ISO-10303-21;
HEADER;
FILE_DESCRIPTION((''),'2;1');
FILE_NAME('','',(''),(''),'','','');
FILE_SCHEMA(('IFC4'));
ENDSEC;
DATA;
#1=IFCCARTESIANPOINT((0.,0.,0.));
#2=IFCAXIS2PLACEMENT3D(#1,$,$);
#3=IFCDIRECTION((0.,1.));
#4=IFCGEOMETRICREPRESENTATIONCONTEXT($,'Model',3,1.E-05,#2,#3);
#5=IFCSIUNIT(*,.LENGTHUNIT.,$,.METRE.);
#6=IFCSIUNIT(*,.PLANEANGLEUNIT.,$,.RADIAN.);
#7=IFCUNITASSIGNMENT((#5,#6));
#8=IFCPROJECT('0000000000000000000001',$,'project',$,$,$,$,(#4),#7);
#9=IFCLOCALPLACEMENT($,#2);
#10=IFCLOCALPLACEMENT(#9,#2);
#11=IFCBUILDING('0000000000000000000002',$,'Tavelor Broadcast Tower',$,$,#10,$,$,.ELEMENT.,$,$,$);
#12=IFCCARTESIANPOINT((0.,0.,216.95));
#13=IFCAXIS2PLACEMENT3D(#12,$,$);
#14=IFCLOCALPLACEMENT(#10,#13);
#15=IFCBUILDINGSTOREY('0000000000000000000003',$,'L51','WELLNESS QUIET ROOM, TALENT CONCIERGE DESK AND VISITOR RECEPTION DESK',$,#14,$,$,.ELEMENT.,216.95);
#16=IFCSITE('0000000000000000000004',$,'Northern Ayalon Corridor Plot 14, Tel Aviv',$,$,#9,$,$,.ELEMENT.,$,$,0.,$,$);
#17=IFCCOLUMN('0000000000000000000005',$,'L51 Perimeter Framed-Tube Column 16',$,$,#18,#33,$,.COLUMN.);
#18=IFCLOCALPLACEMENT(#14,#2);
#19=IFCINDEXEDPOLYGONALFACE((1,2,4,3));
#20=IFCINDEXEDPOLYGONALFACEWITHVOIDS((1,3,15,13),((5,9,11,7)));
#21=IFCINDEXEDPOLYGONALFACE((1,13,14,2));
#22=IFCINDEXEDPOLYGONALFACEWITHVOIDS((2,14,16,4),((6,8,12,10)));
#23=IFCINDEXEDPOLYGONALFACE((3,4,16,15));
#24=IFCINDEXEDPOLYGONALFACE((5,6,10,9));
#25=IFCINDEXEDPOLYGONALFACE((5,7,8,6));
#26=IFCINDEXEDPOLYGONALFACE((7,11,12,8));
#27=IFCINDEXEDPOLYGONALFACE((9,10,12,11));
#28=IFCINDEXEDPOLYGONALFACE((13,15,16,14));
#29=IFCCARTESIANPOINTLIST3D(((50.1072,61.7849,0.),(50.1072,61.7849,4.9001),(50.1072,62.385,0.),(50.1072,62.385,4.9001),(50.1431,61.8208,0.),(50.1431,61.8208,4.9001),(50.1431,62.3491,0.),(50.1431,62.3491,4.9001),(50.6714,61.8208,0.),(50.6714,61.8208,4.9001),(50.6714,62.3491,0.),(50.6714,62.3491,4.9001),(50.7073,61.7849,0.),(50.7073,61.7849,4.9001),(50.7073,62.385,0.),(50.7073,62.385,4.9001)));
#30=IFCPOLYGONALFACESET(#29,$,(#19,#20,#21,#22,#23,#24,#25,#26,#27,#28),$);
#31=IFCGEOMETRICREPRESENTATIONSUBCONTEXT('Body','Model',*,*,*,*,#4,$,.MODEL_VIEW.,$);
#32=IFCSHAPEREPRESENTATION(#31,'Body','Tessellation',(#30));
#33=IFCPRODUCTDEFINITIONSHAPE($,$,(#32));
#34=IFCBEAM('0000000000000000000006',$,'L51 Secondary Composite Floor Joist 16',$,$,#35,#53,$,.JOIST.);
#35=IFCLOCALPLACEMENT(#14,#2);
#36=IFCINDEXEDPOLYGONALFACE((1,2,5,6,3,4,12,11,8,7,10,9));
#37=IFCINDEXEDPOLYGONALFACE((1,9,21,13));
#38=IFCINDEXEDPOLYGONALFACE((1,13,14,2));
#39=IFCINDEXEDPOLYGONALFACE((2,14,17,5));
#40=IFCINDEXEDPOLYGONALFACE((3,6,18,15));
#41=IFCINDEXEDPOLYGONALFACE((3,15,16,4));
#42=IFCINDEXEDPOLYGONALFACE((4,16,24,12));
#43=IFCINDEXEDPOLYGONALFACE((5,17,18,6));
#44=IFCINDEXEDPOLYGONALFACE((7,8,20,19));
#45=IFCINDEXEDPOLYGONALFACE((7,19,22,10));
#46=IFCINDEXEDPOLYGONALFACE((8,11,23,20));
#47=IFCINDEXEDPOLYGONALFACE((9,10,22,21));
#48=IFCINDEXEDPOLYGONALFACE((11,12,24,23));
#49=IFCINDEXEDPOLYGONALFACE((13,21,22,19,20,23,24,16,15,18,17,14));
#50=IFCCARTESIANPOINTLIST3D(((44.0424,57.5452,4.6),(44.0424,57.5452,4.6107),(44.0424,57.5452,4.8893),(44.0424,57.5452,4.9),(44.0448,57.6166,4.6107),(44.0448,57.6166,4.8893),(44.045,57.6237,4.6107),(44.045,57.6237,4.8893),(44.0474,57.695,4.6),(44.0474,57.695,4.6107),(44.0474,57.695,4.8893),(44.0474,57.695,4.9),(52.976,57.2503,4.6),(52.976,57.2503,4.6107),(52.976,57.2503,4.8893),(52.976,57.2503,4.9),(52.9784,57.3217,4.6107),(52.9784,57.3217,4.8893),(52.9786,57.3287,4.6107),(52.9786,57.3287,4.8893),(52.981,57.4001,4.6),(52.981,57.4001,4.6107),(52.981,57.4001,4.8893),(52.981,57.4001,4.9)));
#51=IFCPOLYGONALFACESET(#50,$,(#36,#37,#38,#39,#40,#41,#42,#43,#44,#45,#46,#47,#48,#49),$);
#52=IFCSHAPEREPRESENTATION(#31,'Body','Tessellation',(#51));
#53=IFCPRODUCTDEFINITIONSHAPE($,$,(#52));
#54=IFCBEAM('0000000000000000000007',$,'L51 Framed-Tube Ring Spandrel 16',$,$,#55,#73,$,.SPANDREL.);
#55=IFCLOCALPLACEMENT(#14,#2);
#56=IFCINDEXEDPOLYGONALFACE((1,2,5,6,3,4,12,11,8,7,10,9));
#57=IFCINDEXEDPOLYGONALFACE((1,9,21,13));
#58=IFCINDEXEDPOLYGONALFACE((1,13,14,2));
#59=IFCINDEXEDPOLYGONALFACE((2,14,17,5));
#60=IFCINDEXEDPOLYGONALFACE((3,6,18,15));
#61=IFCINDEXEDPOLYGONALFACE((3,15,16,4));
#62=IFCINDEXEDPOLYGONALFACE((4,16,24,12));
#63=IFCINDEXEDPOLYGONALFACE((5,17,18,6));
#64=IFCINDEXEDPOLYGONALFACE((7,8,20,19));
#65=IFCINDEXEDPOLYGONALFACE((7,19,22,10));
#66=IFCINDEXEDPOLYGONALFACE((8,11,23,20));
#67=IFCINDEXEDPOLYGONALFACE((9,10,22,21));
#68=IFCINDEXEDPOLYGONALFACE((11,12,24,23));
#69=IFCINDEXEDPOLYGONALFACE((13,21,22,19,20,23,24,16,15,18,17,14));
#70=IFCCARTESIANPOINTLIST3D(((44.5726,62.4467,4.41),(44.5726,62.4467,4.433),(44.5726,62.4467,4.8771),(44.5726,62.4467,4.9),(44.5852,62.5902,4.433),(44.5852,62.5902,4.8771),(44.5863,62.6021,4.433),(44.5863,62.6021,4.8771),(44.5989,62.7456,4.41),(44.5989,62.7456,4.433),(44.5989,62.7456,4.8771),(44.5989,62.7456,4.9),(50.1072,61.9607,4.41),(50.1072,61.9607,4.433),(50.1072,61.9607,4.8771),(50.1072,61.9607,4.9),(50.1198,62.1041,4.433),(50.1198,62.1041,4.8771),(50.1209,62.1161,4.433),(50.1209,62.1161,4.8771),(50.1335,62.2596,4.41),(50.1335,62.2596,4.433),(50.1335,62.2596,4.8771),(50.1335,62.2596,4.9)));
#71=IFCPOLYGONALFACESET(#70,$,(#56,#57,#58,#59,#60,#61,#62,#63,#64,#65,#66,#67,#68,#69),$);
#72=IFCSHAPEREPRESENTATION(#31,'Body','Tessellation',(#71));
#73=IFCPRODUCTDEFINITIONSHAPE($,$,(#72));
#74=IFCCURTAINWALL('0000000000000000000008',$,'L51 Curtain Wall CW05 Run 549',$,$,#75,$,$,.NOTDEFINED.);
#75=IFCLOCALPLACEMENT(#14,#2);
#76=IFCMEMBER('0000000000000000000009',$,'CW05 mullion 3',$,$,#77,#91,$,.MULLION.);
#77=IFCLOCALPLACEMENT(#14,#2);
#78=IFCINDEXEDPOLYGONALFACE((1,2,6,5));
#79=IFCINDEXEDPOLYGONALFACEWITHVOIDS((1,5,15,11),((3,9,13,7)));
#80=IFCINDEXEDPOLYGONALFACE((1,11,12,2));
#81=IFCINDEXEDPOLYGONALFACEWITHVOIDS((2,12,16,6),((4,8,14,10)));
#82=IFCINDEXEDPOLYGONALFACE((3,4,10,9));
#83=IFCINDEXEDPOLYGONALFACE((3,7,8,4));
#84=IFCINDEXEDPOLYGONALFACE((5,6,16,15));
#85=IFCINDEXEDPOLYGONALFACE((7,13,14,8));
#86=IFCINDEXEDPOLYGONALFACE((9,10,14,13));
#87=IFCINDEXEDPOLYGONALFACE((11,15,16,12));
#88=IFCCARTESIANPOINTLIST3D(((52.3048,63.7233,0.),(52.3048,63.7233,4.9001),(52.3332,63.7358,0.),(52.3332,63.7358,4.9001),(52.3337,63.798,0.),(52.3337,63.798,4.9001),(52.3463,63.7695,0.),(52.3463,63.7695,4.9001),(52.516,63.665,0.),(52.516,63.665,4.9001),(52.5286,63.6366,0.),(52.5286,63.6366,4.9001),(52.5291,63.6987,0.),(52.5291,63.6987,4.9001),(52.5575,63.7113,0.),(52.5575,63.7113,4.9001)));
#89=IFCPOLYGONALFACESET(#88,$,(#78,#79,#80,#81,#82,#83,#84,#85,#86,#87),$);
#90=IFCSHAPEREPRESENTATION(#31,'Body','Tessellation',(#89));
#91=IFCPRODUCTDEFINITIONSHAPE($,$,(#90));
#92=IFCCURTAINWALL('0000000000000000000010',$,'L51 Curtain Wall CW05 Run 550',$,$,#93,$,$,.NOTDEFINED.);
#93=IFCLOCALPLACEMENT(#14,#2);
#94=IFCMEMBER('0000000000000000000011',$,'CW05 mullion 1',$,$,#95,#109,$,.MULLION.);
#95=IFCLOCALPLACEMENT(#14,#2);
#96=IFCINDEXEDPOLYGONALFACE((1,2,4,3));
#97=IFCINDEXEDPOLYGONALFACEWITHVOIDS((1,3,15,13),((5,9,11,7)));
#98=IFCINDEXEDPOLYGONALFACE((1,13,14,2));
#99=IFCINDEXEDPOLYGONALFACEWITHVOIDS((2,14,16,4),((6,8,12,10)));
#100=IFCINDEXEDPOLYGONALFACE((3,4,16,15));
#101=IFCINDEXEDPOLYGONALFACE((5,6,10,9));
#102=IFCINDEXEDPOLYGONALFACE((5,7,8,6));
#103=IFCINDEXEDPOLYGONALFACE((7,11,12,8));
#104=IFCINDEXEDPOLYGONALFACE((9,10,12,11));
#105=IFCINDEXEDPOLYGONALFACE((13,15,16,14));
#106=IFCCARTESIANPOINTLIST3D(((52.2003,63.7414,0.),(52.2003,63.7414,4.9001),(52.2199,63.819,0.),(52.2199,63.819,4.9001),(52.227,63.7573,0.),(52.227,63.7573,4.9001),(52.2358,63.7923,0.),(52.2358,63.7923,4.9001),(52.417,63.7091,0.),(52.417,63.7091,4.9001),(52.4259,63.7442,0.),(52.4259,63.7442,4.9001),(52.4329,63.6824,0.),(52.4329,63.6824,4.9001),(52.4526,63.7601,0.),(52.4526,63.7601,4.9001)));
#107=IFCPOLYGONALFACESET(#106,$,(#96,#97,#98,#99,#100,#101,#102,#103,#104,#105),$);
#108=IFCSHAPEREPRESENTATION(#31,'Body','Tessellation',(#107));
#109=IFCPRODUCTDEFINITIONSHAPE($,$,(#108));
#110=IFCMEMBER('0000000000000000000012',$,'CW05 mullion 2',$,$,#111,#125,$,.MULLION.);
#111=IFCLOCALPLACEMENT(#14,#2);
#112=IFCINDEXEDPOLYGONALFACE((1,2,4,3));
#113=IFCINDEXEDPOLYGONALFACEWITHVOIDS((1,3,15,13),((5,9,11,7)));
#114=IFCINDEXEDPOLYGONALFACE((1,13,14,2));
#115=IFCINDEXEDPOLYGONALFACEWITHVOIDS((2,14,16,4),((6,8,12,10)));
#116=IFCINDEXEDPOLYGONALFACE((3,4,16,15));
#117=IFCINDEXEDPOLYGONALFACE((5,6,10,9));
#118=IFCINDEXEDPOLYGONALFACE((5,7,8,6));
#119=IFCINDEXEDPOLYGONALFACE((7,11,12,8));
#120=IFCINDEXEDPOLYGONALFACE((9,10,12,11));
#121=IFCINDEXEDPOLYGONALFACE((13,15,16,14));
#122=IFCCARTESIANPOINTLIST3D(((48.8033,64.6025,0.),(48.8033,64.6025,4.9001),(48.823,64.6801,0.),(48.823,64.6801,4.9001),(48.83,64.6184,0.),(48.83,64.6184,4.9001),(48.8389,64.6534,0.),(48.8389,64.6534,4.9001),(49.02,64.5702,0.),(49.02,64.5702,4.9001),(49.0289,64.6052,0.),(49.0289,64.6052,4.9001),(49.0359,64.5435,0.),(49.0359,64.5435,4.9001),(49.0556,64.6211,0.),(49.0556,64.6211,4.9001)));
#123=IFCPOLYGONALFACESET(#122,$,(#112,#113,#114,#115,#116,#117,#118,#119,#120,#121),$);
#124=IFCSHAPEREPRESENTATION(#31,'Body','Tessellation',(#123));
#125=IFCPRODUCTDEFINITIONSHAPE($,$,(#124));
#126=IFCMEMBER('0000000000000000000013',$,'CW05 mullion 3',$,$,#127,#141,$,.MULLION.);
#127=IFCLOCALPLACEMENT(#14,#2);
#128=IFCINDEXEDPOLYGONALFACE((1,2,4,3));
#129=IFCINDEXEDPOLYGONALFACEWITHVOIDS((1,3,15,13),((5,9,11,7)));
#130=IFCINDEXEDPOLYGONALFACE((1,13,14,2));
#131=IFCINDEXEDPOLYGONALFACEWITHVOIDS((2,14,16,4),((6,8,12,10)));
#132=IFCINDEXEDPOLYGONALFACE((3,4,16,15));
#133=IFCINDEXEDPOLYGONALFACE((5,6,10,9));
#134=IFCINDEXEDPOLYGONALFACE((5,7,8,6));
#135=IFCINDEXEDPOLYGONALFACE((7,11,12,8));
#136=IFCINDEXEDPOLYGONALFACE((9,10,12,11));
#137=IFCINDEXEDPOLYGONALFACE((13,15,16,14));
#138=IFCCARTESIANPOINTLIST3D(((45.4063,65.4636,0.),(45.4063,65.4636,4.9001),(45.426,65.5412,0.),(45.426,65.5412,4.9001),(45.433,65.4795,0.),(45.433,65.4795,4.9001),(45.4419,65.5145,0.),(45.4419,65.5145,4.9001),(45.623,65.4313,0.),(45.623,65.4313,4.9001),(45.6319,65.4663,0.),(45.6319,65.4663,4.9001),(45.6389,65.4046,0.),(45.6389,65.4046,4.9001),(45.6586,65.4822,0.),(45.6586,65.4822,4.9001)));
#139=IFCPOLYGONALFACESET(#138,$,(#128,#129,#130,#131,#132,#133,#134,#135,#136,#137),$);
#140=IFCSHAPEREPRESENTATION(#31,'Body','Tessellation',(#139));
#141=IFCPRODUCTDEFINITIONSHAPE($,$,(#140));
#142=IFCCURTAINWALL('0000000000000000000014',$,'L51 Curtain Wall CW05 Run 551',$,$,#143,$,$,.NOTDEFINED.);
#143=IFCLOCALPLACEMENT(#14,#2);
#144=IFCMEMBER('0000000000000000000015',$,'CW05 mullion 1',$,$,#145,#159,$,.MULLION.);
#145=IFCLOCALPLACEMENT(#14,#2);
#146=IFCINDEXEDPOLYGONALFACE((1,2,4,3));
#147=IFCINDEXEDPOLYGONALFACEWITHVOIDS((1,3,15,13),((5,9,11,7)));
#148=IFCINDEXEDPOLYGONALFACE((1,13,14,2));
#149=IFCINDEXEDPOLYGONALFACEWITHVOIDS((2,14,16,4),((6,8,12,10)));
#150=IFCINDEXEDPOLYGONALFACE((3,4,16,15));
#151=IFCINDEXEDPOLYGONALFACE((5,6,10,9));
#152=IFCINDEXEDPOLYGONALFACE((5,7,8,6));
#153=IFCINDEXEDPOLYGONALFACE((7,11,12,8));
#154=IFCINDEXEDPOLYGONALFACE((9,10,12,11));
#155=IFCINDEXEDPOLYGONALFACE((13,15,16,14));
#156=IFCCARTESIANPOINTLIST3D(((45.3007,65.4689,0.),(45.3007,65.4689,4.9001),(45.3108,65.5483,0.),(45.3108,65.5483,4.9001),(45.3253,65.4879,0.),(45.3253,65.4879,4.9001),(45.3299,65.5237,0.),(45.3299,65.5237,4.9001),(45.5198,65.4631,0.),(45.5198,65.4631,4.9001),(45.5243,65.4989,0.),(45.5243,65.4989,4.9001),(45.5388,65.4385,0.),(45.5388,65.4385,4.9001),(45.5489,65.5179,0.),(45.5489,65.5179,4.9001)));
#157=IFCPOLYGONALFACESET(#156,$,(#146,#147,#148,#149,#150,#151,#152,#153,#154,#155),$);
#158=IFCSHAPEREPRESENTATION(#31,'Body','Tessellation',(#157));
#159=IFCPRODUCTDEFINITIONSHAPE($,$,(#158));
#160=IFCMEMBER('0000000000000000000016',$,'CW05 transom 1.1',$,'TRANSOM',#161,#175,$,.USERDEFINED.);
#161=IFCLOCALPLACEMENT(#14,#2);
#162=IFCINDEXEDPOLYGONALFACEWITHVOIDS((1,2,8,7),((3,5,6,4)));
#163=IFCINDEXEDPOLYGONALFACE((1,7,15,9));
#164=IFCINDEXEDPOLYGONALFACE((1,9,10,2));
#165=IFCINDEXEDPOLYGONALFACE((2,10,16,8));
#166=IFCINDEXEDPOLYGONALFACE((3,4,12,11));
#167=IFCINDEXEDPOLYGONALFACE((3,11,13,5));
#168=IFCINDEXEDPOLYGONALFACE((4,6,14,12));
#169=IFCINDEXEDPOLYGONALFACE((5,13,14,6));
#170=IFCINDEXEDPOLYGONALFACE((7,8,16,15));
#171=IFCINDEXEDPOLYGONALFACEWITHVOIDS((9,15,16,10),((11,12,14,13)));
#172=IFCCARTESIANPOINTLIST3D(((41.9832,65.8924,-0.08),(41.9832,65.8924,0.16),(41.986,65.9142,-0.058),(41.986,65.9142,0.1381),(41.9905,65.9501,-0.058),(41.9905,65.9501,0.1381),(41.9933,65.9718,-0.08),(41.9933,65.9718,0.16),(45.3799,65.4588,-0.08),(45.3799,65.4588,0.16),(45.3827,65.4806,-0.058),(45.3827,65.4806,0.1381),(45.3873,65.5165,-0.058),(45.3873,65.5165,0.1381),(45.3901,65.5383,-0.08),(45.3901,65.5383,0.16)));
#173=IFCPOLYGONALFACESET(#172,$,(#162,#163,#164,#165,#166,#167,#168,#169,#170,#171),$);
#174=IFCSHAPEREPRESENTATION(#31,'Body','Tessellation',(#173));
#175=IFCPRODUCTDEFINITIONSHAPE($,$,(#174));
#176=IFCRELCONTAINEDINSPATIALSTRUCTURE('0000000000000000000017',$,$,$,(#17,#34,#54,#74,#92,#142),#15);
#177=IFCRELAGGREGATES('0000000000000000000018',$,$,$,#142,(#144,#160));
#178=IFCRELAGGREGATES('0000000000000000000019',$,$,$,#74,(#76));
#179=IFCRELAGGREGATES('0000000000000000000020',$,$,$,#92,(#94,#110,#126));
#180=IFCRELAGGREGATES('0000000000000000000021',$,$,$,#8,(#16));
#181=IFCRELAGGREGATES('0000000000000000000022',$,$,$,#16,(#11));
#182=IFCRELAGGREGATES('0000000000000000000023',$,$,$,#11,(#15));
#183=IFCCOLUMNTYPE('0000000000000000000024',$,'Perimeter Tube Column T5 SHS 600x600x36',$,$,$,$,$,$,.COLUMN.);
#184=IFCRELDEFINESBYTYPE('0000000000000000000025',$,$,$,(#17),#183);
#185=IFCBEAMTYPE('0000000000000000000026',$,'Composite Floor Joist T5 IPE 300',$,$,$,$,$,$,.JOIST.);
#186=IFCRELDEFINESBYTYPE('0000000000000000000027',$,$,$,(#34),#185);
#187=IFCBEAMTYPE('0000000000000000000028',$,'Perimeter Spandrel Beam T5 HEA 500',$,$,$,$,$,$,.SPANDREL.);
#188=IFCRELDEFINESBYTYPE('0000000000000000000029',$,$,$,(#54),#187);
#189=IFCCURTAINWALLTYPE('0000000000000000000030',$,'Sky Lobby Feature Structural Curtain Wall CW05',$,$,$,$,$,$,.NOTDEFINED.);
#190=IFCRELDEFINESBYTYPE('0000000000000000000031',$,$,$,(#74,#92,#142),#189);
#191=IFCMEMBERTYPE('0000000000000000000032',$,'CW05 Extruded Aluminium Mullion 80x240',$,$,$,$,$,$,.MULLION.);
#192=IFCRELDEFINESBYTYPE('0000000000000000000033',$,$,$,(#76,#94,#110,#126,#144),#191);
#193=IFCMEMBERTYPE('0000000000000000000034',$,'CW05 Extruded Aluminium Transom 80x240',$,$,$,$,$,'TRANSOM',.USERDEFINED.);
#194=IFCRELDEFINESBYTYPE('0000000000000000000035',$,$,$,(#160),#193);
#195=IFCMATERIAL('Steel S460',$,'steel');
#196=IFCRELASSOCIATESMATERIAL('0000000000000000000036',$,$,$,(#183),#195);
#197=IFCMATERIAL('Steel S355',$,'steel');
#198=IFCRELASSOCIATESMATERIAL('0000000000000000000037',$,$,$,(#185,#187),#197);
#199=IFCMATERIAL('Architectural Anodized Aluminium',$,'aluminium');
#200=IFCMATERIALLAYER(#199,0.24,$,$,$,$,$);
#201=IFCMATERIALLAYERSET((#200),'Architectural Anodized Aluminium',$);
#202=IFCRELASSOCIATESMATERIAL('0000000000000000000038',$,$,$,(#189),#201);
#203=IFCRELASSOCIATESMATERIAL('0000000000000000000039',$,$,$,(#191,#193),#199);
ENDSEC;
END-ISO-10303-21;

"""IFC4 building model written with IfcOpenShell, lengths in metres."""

from ifc_helpers import new_model, si_unit, direction, frame, origin, origin_2d, place, context, subcontext, project, spatial, hollow_rectangle, i_section, extrude, source, transform, mapped, material, layer, layer_set, material_profile, profile_set, type_object, type_shapes, element, aggregate, save


model = new_model("IFC4")

# Units and contexts
model_context = context("Model", 3, precision=1e-05, world=origin(), true_north=direction((0.0, 1.0)))
body_context = subcontext(model_context, "Body", "Model", "MODEL_VIEW")
ifc_project = project(units=[si_unit("LENGTHUNIT", "METRE"), si_unit("PLANEANGLEUNIT", "RADIAN")], contexts=[model_context])

# Site, building, storey
site_placement = place(None, origin())
site = spatial("IfcSite", under=ifc_project, at=site_placement, Name="Northern Ayalon Corridor Plot 14, Tel Aviv", CompositionType="ELEMENT", RefElevation=0.0)
building_placement = place(site_placement, origin())
building = spatial("IfcBuilding", under=site, at=building_placement, Name="Tavelor Broadcast Tower", CompositionType="ELEMENT")
storey_placement = place(building_placement, frame((0.0, 0.0, 216.95)))
storey = spatial("IfcBuildingStorey", under=building, at=storey_placement, Name="L51", Description="WELLNESS QUIET ROOM, TALENT CONCIERGE DESK AND VISITOR RECEPTION DESK", CompositionType="ELEMENT", Elevation=216.95)

# Column
ifc_material_1 = material(Name="Steel S460", Category="steel")
ifc_material_profile_1 = material_profile(ifc_material_1, hollow_rectangle(XDim=0.6001, YDim=0.6001, WallThickness=0.0359, at=origin_2d()), Name="SHS 600x600x36")
ifc_profile_set_1 = profile_set([ifc_material_profile_1], Name="Steel S460")
column_type = type_object("IfcColumnType", Name="Perimeter Tube Column T5 SHS 600x600x36", PredefinedType="COLUMN", material=ifc_profile_set_1)
column_placement = place(storey_placement, frame((50.4072, 62.085, 0.0), z_axis=(0.0, 0.0, 1.0), x_axis=(1.0, 0.0, 0.0)))
element("IfcColumn", 1, at=column_placement, inside=storey, type_object=column_type, Name="L51 Perimeter Framed-Tube Column 16", PredefinedType="COLUMN", context=body_context, shape_type="SweptSolid", body=[
    extrude(hollow_rectangle(XDim=0.6001, YDim=0.6001, WallThickness=0.0359, at=origin_2d()), origin(), (0.0, 0.0, 1.0), 4.9001),
])

# Beams
ifc_material_2 = material(Name="Steel S355", Category="steel")
ifc_material_profile_2 = material_profile(ifc_material_2, i_section(OverallWidth=0.1499, OverallDepth=0.3, WebThickness=0.0071, FlangeThickness=0.0107, at=origin_2d()), Name="IPE 300")
ifc_profile_set_2 = profile_set([ifc_material_profile_2], Name="Steel S355")
beam_type_1 = type_object("IfcBeamType", Name="Composite Floor Joist T5 IPE 300", PredefinedType="JOIST", material=ifc_profile_set_2)
beam_1_placement = place(storey_placement, frame((52.9785, 57.3252, 4.75), z_axis=(-0.999456, 0.032995, 0.0), x_axis=(-0.032995, -0.999456, 0.0)))
element("IfcBeam", 2, at=beam_1_placement, inside=storey, type_object=beam_type_1, Name="L51 Secondary Composite Floor Joist 16", PredefinedType="JOIST", context=body_context, shape_type="SweptSolid", body=[
    extrude(i_section(OverallWidth=0.1499, OverallDepth=0.3, WebThickness=0.0071, FlangeThickness=0.0107, at=origin_2d()), origin(), (0.0, 0.0, 1.0), 8.9385),
])
ifc_material_profile_3 = material_profile(ifc_material_2, i_section(OverallWidth=0.3, OverallDepth=0.49, WebThickness=0.012, FlangeThickness=0.0229, at=origin_2d()), Name="HEA 500")
ifc_profile_set_3 = profile_set([ifc_material_profile_3], Name="Steel S355")
beam_type_2 = type_object("IfcBeamType", Name="Perimeter Spandrel Beam T5 HEA 500", PredefinedType="SPANDREL", material=ifc_profile_set_3)
beam_2_placement = place(storey_placement, frame((50.1204, 62.1101, 4.655), z_axis=(-0.996166, 0.087489, 0.0), x_axis=(-0.087489, -0.996166, 0.0)))
element("IfcBeam", 3, at=beam_2_placement, inside=storey, type_object=beam_type_2, Name="L51 Framed-Tube Ring Spandrel 16", PredefinedType="SPANDREL", context=body_context, shape_type="SweptSolid", body=[
    extrude(i_section(OverallWidth=0.3, OverallDepth=0.49, WebThickness=0.012, FlangeThickness=0.0229, at=origin_2d()), origin(), (0.0, 0.0, 1.0), 5.5559),
])

# Curtain wall, member
ifc_material_3 = material(Name="Architectural Anodized Aluminium", Category="aluminium")
ifc_layer_1 = layer(ifc_material_3, 0.24)
ifc_layer_set_1 = layer_set([ifc_layer_1], Name="Architectural Anodized Aluminium")
curtain_wall_type = type_object("IfcCurtainWallType", Name="Sky Lobby Feature Structural Curtain Wall CW05", PredefinedType="NOTDEFINED", material=ifc_layer_set_1)
curtain_wall_1_placement = place(storey_placement, origin())
curtain_wall_1 = element("IfcCurtainWall", 4, at=curtain_wall_1_placement, inside=storey, type_object=curtain_wall_type, Name="L51 Curtain Wall CW05 Run 549", PredefinedType="NOTDEFINED")
ifc_material_profile_4 = material_profile(ifc_material_3, hollow_rectangle(XDim=0.0801, YDim=0.24, WallThickness=0.022, at=origin_2d()), Name="RHS 80x240x22")
ifc_profile_set_4 = profile_set([ifc_material_profile_4], Name="Architectural Anodized Aluminium")
member_type_1 = type_object("IfcMemberType", Name="CW05 Extruded Aluminium Mullion 80x240", PredefinedType="MULLION", material=ifc_profile_set_4)
shared_shape_1 = source(origin(), body_context, "Body", "SweptSolid", [
    extrude(hollow_rectangle(XDim=0.0801, YDim=0.24, WallThickness=0.022, at=origin_2d()), origin(), (0.0, 0.0, 1.0), 4.9001),
])
type_shapes(member_type_1, [shared_shape_1])
member_1_placement = place(storey_placement, frame((52.4312, 63.7173, 0.0), z_axis=(0.0, 0.0, 1.0), x_axis=(-0.361226, -0.932478, 0.0)))
member_1 = element("IfcMember", 5, at=member_1_placement, type_object=member_type_1, Name="CW05 mullion 3", PredefinedType="MULLION", context=body_context, shape_type="MappedRepresentation", body=[
    mapped(shared_shape_1, transform((0.0, 0.0, 0.0), scale=1.0)),
])

# Curtain walls, members
curtain_wall_2_placement = place(storey_placement, origin())
curtain_wall_2 = element("IfcCurtainWall", 6, at=curtain_wall_2_placement, inside=storey, type_object=curtain_wall_type, Name="L51 Curtain Wall CW05 Run 550", PredefinedType="NOTDEFINED")
member_2_placement = place(storey_placement, frame((52.3264, 63.7507, 0.0), z_axis=(0.0, 0.0, 1.0), x_axis=(-0.245724, -0.96934, 0.0)))
member_2 = element("IfcMember", 7, at=member_2_placement, type_object=member_type_1, Name="CW05 mullion 1", PredefinedType="MULLION", context=body_context, shape_type="MappedRepresentation", body=[
    mapped(shared_shape_1, transform((0.0, 0.0, 0.0), scale=1.0)),
])
member_3_placement = place(storey_placement, frame((48.9294, 64.6118, 0.0), z_axis=(0.0, 0.0, 1.0), x_axis=(-0.245724, -0.96934, 0.0)))
member_3 = element("IfcMember", 8, at=member_3_placement, type_object=member_type_1, Name="CW05 mullion 2", PredefinedType="MULLION", context=body_context, shape_type="MappedRepresentation", body=[
    mapped(shared_shape_1, transform((0.0, 0.0, 0.0), scale=1.0)),
])
member_4_placement = place(storey_placement, frame((45.5325, 65.4729, 0.0), z_axis=(0.0, 0.0, 1.0), x_axis=(-0.245724, -0.96934, 0.0)))
member_4 = element("IfcMember", 9, at=member_4_placement, type_object=member_type_1, Name="CW05 mullion 3", PredefinedType="MULLION", context=body_context, shape_type="MappedRepresentation", body=[
    mapped(shared_shape_1, transform((0.0, 0.0, 0.0), scale=1.0)),
])
curtain_wall_3_placement = place(storey_placement, origin())
curtain_wall_3 = element("IfcCurtainWall", 10, at=curtain_wall_3_placement, inside=storey, type_object=curtain_wall_type, Name="L51 Curtain Wall CW05 Run 551", PredefinedType="NOTDEFINED")
member_5_placement = place(storey_placement, frame((45.4248, 65.4934, 0.0), z_axis=(0.0, 0.0, 1.0), x_axis=(-0.126621, -0.991951, 0.0)))
member_5 = element("IfcMember", 11, at=member_5_placement, type_object=member_type_1, Name="CW05 mullion 1", PredefinedType="MULLION", context=body_context, shape_type="MappedRepresentation", body=[
    mapped(shared_shape_1, transform((0.0, 0.0, 0.0), scale=1.0)),
])
ifc_material_profile_5 = material_profile(ifc_material_3, hollow_rectangle(XDim=0.0801, YDim=0.24, WallThickness=0.022, at=origin_2d()), Name="RHS 80x240x22")
ifc_profile_set_5 = profile_set([ifc_material_profile_5], Name="Architectural Anodized Aluminium")
member_type_2 = type_object("IfcMemberType", Name="CW05 Extruded Aluminium Transom 80x240", ElementType="TRANSOM", PredefinedType="USERDEFINED", material=ifc_profile_set_5)
shared_shape_2 = source(origin(), body_context, "Body", "SweptSolid", [
    extrude(hollow_rectangle(XDim=0.0801, YDim=0.24, WallThickness=0.022, at=origin_2d()), origin(), (0.0, 0.0, 1.0), 3.4243),
])
member_6_placement = place(storey_placement, frame((45.385, 65.4985, 0.04), z_axis=(-0.991951, 0.126623, 0.0), x_axis=(-0.126623, -0.991951, 0.0)))
member_6 = element("IfcMember", 12, at=member_6_placement, type_object=member_type_2, Name="CW05 transom 1.1", ObjectType="TRANSOM", PredefinedType="USERDEFINED", context=body_context, shape_type="MappedRepresentation", body=[
    mapped(shared_shape_2, transform((0.0, 0.0, 0.0), scale=1.0)),
])
aggregate(curtain_wall_3, [member_5, member_6])

aggregate(curtain_wall_1, [member_1])
aggregate(curtain_wall_2, [member_2, member_3, member_4])

save(model, "model.ifc")
